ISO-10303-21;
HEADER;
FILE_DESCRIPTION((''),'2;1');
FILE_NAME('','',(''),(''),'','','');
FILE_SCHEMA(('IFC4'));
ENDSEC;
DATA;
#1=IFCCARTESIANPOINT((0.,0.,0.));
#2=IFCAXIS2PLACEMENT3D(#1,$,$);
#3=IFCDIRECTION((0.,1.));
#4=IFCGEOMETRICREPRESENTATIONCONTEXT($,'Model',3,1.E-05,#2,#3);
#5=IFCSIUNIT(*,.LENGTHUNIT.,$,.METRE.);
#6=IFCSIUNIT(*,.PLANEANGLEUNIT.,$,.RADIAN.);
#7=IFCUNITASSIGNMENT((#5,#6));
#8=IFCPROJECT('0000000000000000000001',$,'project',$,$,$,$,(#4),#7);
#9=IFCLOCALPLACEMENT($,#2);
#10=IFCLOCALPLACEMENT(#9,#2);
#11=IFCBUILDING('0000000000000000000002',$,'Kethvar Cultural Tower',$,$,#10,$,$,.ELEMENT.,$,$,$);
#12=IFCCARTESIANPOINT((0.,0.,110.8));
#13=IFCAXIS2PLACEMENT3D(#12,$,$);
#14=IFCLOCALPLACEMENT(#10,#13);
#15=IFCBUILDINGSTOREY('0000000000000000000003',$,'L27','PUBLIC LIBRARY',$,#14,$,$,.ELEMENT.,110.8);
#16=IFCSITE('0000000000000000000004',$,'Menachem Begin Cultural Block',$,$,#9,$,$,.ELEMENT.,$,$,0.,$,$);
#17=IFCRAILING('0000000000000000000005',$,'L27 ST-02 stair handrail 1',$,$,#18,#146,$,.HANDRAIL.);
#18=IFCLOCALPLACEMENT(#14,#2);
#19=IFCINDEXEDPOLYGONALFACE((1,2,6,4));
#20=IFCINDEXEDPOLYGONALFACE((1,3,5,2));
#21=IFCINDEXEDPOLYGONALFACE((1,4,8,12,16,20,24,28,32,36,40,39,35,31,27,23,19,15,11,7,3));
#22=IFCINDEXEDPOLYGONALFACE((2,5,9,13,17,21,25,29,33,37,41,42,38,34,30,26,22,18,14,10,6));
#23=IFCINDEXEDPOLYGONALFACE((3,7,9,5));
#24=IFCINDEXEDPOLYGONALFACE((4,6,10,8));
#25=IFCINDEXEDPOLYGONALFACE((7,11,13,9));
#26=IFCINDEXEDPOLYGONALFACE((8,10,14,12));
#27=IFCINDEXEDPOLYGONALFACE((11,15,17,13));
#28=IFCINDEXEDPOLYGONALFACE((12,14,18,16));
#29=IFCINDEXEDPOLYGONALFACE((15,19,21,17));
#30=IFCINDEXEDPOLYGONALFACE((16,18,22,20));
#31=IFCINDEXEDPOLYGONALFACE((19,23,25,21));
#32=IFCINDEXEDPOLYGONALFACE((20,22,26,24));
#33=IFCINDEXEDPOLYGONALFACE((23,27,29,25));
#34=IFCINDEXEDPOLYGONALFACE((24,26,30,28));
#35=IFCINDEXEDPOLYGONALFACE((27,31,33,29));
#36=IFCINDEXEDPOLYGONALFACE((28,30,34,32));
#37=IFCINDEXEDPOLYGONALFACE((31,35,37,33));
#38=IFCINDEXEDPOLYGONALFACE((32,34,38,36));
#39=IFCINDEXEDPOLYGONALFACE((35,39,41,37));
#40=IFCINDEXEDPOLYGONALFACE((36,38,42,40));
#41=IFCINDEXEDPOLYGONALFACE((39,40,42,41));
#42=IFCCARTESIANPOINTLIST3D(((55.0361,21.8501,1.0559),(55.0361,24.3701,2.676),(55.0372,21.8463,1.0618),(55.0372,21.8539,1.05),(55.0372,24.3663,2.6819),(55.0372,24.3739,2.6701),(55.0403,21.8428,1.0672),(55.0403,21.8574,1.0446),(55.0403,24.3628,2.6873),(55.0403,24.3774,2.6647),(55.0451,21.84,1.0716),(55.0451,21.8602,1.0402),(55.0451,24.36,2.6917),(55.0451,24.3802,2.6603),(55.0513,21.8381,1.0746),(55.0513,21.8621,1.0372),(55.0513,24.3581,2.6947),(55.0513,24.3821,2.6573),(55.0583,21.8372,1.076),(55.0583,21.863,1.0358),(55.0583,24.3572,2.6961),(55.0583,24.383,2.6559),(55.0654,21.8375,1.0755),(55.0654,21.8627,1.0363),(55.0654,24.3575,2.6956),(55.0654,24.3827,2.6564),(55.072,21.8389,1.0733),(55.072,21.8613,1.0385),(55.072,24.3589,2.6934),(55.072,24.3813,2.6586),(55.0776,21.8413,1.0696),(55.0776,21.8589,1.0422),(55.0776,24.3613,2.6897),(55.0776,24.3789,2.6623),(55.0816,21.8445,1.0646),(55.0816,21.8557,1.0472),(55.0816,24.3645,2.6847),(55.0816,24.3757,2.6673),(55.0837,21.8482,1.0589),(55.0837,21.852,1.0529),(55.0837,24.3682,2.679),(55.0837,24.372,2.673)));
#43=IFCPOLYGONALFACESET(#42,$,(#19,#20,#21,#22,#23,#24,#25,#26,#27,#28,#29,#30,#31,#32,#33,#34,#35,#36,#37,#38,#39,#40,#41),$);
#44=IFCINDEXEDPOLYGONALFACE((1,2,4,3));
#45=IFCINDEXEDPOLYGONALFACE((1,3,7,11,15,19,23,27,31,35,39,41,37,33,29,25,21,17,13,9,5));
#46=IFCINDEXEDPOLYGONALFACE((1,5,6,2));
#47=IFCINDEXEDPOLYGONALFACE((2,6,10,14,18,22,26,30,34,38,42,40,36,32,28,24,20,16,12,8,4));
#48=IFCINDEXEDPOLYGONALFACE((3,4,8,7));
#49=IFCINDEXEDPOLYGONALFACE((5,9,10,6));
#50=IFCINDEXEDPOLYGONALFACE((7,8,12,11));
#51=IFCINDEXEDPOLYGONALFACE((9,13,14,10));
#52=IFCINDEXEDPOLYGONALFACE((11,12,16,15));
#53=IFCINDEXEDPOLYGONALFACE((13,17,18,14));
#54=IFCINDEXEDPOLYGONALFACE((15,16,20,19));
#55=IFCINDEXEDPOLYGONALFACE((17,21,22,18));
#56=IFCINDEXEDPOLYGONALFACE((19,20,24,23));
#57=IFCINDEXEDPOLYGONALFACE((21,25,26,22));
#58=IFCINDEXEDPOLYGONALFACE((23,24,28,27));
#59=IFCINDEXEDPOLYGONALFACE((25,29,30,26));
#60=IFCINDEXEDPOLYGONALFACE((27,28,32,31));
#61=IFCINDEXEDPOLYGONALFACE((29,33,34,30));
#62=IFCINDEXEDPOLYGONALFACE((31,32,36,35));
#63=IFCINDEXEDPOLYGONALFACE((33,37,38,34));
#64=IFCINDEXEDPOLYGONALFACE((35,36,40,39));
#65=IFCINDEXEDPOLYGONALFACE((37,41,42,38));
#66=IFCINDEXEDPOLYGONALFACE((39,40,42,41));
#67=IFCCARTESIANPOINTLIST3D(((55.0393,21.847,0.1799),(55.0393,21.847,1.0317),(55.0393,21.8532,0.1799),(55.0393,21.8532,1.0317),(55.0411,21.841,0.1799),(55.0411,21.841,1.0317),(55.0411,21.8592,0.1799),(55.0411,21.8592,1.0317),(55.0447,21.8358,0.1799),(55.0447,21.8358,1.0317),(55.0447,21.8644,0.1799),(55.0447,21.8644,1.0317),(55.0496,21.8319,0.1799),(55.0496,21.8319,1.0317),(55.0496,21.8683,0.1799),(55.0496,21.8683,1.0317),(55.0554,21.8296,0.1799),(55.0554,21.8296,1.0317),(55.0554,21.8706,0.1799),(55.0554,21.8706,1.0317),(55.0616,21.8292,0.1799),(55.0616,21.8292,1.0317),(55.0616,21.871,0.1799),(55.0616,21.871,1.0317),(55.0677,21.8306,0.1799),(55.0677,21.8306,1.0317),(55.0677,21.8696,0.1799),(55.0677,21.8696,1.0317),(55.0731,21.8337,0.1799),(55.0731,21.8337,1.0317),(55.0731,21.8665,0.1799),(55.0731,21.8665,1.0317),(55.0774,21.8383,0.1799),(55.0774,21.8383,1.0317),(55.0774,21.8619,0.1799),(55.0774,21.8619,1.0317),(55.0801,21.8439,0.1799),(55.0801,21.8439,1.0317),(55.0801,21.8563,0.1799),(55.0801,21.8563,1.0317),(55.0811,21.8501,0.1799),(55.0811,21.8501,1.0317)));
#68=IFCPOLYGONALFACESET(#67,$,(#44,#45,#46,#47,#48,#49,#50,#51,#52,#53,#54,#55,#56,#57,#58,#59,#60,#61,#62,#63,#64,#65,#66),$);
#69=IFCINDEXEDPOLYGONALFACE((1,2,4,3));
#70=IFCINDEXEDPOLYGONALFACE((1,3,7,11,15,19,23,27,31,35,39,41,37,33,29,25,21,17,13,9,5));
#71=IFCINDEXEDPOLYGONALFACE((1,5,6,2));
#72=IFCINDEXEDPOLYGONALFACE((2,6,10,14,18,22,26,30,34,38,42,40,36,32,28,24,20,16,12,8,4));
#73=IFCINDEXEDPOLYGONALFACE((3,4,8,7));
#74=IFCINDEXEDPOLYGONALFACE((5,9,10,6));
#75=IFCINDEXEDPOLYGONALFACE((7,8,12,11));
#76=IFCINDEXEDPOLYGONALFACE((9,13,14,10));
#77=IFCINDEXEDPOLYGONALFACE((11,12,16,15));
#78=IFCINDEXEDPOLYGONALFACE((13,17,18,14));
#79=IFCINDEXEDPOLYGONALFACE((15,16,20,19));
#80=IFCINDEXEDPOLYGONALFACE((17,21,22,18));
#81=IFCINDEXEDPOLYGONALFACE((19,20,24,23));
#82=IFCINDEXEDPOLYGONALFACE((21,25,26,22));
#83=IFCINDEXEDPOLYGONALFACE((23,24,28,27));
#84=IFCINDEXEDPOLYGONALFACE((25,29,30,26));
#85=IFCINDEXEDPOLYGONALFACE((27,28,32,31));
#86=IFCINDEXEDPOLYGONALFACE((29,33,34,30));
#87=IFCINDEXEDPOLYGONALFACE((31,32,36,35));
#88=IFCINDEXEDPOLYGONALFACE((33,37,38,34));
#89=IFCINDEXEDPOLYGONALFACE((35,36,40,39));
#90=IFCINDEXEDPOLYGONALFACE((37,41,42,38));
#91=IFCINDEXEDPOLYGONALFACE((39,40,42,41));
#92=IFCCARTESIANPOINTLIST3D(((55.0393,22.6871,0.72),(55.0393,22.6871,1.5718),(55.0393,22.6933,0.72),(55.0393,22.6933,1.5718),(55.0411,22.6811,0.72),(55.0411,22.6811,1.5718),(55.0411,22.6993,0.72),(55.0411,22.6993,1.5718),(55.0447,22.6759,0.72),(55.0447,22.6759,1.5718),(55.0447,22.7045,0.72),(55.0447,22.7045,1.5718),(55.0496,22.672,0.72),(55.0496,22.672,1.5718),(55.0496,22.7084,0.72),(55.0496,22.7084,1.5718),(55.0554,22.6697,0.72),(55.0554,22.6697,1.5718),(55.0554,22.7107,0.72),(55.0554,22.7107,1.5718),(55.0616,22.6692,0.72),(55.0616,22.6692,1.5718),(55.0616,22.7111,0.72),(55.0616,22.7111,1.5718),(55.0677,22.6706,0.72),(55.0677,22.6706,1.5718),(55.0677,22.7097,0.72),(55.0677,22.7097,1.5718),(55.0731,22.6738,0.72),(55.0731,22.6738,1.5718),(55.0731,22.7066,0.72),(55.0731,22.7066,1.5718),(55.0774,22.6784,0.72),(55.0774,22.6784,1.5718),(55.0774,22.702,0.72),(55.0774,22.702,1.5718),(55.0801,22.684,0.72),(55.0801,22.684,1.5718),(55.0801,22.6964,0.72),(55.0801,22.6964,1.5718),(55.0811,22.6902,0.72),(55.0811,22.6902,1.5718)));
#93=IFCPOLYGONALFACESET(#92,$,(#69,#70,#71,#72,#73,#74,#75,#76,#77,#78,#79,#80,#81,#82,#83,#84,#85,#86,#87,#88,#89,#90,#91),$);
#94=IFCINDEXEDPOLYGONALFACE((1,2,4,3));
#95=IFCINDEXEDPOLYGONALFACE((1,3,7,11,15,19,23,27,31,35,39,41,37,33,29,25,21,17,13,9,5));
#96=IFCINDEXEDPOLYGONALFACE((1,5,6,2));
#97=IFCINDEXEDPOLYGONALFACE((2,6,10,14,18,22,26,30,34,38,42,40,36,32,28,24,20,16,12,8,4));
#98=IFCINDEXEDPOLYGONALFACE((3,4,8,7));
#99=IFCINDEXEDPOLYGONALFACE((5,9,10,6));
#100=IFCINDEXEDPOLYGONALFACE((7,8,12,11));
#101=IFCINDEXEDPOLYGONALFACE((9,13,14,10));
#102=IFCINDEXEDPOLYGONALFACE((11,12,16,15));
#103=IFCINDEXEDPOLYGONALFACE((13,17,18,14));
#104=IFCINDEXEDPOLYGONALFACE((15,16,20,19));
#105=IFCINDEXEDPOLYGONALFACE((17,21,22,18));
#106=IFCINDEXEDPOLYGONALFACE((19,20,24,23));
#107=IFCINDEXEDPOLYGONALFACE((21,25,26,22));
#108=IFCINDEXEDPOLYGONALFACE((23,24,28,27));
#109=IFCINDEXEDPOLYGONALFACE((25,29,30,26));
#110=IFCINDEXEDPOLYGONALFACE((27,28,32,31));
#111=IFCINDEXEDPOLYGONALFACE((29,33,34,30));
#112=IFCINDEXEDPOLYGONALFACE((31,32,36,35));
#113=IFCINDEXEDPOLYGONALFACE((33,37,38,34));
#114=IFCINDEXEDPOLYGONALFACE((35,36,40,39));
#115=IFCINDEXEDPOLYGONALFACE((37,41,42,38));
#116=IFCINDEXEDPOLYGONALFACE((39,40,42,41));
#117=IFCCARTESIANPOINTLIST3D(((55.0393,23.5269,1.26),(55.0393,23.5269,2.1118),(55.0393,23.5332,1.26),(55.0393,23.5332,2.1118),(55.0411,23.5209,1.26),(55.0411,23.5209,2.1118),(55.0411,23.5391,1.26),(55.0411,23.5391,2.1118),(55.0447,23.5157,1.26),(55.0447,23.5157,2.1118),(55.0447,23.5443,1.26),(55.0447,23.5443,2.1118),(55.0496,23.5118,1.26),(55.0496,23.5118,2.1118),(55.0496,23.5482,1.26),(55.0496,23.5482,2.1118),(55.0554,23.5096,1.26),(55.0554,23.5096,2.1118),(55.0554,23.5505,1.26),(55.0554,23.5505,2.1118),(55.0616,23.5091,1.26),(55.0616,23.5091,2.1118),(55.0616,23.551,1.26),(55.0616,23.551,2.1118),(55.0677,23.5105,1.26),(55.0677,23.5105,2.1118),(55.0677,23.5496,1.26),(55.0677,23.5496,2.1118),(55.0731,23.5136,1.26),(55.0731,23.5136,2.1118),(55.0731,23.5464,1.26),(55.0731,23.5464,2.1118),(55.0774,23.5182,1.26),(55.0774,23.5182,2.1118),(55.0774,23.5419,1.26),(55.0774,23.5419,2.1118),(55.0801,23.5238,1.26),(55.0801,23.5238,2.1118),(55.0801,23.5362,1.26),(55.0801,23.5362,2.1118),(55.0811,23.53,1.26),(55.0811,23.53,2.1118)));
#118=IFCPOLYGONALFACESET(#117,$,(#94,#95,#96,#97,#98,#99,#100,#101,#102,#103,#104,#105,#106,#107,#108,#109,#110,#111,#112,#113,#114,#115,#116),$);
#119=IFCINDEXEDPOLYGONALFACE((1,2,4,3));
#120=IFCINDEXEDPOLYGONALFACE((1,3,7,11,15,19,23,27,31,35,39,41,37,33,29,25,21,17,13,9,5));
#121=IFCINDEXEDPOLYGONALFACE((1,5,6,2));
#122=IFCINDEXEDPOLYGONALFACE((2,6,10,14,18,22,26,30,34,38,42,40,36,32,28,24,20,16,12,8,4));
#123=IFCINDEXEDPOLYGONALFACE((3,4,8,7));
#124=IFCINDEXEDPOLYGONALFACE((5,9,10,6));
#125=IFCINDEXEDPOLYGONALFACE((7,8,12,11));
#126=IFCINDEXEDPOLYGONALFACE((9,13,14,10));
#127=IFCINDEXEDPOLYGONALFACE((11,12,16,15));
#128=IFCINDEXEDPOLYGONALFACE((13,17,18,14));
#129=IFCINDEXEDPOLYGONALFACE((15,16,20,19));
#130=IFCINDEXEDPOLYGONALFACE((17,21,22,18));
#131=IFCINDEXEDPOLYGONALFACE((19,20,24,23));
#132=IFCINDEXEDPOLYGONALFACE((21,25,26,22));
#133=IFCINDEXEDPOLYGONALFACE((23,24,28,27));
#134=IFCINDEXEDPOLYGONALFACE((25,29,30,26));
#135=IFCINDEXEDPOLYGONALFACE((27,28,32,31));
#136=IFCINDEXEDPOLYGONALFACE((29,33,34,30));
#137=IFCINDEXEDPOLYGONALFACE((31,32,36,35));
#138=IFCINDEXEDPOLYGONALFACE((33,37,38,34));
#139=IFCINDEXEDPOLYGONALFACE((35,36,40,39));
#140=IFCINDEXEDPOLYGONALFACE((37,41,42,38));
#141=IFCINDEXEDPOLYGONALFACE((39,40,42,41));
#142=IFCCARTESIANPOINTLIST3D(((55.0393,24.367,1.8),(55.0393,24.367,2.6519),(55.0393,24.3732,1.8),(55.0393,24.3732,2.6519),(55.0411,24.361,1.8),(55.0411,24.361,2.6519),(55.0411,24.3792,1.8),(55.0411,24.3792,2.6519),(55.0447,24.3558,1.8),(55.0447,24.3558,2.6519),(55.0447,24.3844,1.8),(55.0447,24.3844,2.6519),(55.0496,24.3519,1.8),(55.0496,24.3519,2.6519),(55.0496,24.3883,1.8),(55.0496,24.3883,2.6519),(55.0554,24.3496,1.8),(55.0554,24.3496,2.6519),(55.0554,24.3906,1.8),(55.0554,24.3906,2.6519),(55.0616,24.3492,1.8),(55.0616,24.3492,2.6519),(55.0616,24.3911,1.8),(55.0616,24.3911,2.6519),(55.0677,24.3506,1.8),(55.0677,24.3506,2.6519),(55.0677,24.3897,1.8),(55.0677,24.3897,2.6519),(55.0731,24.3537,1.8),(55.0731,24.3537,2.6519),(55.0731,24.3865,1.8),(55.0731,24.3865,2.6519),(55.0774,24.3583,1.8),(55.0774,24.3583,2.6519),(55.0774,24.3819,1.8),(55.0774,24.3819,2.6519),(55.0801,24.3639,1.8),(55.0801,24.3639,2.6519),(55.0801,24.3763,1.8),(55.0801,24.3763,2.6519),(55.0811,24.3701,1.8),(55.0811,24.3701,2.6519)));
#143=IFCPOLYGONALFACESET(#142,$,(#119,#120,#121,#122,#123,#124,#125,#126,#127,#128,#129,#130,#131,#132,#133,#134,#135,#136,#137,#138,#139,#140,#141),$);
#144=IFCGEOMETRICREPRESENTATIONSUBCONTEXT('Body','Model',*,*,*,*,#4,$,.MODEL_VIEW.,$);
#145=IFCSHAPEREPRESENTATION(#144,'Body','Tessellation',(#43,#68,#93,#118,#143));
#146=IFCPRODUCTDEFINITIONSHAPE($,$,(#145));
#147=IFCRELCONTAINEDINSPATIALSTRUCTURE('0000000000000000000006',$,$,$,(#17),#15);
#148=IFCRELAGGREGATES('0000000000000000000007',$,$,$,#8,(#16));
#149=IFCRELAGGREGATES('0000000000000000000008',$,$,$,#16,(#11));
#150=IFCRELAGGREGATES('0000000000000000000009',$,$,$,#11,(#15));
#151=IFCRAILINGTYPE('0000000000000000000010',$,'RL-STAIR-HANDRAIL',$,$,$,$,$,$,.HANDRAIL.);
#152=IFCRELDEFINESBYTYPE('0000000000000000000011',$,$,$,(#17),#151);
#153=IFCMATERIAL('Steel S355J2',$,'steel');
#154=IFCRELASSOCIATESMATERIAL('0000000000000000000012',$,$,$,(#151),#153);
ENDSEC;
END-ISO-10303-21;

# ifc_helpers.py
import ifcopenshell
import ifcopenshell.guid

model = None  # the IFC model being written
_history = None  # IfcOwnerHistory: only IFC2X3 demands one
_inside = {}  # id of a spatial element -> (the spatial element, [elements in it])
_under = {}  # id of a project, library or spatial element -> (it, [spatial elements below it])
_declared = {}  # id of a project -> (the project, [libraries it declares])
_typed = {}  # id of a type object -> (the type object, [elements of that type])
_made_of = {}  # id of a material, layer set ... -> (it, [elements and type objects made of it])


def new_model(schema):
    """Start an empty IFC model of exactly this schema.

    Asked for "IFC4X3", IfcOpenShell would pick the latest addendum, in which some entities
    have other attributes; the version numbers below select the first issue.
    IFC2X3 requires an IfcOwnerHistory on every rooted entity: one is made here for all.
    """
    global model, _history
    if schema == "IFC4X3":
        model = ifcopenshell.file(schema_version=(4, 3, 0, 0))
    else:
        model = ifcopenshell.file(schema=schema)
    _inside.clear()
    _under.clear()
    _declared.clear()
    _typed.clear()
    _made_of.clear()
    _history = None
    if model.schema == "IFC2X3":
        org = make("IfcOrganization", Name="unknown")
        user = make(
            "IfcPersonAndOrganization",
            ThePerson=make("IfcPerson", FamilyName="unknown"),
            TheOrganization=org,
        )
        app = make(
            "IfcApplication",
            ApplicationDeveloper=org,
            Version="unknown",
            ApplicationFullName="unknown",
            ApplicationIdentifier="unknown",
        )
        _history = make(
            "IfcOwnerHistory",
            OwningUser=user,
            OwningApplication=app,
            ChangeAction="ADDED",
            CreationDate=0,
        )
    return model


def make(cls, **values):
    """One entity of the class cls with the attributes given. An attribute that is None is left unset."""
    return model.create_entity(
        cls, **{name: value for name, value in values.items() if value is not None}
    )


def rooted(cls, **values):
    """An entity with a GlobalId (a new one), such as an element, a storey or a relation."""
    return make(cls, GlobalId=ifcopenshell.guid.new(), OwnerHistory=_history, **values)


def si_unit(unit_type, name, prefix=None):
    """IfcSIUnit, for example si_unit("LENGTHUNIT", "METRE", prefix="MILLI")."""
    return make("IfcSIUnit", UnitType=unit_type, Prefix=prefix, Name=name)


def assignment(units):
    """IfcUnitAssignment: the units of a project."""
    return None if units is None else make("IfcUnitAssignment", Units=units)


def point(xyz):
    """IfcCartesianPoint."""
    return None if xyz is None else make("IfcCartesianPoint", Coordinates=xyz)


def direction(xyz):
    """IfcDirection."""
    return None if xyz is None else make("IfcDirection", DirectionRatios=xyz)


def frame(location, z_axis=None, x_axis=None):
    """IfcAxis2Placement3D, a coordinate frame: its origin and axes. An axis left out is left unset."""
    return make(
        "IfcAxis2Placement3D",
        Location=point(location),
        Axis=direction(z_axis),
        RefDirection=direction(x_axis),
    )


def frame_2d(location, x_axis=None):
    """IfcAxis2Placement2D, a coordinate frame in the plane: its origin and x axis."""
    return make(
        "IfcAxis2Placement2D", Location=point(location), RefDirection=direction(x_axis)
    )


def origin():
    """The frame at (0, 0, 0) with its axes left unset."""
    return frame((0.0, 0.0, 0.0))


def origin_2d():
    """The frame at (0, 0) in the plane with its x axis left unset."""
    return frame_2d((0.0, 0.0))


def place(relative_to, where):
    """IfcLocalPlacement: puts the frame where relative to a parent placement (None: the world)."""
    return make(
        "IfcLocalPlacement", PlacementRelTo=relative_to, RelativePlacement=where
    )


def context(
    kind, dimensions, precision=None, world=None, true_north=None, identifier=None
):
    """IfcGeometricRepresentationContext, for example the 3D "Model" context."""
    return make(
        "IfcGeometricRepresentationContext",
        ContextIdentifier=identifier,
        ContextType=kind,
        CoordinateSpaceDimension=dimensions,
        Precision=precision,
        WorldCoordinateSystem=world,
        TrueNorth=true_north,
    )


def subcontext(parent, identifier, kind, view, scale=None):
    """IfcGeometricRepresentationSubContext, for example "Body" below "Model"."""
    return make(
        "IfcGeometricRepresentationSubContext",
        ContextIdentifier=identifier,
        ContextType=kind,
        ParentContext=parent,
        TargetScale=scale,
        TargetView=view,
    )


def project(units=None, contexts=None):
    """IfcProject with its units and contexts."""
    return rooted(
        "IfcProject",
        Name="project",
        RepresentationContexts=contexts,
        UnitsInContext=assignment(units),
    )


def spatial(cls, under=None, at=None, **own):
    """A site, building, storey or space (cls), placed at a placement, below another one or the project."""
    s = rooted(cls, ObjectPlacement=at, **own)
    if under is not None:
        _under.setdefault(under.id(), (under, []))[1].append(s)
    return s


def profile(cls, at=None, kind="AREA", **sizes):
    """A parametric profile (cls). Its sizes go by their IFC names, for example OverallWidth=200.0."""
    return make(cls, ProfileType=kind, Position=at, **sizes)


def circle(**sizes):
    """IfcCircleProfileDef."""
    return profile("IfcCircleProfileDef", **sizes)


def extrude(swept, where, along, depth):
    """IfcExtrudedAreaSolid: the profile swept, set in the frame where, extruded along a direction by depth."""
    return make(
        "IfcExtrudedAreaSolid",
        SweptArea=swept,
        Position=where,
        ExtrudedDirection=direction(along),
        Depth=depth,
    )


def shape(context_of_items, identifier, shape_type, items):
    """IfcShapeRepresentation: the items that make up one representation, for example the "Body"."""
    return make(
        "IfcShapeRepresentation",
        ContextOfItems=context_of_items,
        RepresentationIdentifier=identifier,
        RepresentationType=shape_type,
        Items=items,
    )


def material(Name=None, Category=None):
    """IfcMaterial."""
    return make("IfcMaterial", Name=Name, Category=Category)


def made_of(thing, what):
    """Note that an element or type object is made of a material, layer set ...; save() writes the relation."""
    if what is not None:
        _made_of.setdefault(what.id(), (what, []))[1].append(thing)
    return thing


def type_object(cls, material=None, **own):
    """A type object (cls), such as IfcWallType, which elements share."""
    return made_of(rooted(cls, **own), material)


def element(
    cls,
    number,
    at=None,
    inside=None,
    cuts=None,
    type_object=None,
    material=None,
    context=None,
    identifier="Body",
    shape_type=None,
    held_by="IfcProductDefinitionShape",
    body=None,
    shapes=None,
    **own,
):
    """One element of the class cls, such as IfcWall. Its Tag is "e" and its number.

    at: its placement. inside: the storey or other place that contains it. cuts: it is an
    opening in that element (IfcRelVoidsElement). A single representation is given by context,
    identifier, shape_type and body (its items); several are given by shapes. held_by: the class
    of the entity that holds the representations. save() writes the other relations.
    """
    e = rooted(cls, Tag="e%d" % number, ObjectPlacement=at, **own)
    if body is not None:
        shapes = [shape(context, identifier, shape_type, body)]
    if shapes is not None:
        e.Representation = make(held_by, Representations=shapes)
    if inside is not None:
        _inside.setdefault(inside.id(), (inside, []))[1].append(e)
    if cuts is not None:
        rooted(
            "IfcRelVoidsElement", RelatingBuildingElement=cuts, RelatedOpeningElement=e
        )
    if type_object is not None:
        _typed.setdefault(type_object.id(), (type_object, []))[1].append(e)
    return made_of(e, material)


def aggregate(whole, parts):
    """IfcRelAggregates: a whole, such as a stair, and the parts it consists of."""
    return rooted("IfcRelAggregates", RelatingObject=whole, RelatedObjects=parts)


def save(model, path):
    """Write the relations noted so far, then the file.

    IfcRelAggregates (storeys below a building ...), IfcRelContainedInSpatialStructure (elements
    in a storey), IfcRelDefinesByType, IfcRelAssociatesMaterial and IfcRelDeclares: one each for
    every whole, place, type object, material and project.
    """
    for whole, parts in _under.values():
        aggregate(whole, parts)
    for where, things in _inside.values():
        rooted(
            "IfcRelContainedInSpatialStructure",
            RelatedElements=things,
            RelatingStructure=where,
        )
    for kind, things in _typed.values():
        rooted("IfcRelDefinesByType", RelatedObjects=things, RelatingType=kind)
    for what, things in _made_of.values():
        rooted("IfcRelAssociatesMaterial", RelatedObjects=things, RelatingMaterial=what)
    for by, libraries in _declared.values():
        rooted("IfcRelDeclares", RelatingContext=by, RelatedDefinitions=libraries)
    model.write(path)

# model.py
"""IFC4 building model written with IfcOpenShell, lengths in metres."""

from ifc_helpers import new_model, si_unit, direction, frame, origin, origin_2d, place, context, subcontext, project, spatial, circle, extrude, material, type_object, element, save


model = new_model("IFC4")

# Units and contexts
model_context = context("Model", 3, precision=1e-05, world=origin(), true_north=direction((0.0, 1.0)))
body_context = subcontext(model_context, "Body", "Model", "MODEL_VIEW")
ifc_project = project(units=[si_unit("LENGTHUNIT", "METRE"), si_unit("PLANEANGLEUNIT", "RADIAN")], contexts=[model_context])

# Site, building, storey
site_placement = place(None, origin())
site = spatial("IfcSite", under=ifc_project, at=site_placement, Name="Menachem Begin Cultural Block", CompositionType="ELEMENT", RefElevation=0.0)
building_placement = place(site_placement, origin())
building = spatial("IfcBuilding", under=site, at=building_placement, Name="Kethvar Cultural Tower", CompositionType="ELEMENT")
storey_placement = place(building_placement, frame((0.0, 0.0, 110.8)))
storey = spatial("IfcBuildingStorey", under=building, at=storey_placement, Name="L27", Description="PUBLIC LIBRARY", CompositionType="ELEMENT", Elevation=110.8)

# Shared definitions
ifc_material_1 = material(Name="Steel S355J2", Category="steel")

# Railing
railing_type_1 = type_object("IfcRailingType", Name="RL-STAIR-HANDRAIL", PredefinedType="HANDRAIL", material=ifc_material_1)
railing_1_placement = place(storey_placement, frame((55.0601, 21.8501, 0.1799)))
element("IfcRailing", 1, at=railing_1_placement, inside=storey, type_object=railing_type_1, Name="L27 ST-02 stair handrail 1", PredefinedType="HANDRAIL", context=body_context, shape_type="SweptSolid", body=[
    extrude(circle(Radius=0.0239, at=origin_2d()), frame((0.0, 0.0, 0.876), z_axis=(0.0, 0.841163, 0.540782), x_axis=(-1.0, 0.0, 0.0)), (0.0, 0.0, 1.0), 2.9958),
    extrude(circle(Radius=0.021, at=origin_2d()), origin(), (0.0, 0.0, 1.0), 0.8518),
    extrude(circle(Radius=0.021, at=origin_2d()), frame((0.0, 0.8401, 0.54)), (0.0, 0.0, 1.0), 0.8518),
    extrude(circle(Radius=0.021, at=origin_2d()), frame((0.0, 1.6799, 1.0801)), (0.0, 0.0, 1.0), 0.8518),
    extrude(circle(Radius=0.021, at=origin_2d()), frame((0.0, 2.52, 1.6201)), (0.0, 0.0, 1.0), 0.8518),
])

save(model, "model.ifc")
